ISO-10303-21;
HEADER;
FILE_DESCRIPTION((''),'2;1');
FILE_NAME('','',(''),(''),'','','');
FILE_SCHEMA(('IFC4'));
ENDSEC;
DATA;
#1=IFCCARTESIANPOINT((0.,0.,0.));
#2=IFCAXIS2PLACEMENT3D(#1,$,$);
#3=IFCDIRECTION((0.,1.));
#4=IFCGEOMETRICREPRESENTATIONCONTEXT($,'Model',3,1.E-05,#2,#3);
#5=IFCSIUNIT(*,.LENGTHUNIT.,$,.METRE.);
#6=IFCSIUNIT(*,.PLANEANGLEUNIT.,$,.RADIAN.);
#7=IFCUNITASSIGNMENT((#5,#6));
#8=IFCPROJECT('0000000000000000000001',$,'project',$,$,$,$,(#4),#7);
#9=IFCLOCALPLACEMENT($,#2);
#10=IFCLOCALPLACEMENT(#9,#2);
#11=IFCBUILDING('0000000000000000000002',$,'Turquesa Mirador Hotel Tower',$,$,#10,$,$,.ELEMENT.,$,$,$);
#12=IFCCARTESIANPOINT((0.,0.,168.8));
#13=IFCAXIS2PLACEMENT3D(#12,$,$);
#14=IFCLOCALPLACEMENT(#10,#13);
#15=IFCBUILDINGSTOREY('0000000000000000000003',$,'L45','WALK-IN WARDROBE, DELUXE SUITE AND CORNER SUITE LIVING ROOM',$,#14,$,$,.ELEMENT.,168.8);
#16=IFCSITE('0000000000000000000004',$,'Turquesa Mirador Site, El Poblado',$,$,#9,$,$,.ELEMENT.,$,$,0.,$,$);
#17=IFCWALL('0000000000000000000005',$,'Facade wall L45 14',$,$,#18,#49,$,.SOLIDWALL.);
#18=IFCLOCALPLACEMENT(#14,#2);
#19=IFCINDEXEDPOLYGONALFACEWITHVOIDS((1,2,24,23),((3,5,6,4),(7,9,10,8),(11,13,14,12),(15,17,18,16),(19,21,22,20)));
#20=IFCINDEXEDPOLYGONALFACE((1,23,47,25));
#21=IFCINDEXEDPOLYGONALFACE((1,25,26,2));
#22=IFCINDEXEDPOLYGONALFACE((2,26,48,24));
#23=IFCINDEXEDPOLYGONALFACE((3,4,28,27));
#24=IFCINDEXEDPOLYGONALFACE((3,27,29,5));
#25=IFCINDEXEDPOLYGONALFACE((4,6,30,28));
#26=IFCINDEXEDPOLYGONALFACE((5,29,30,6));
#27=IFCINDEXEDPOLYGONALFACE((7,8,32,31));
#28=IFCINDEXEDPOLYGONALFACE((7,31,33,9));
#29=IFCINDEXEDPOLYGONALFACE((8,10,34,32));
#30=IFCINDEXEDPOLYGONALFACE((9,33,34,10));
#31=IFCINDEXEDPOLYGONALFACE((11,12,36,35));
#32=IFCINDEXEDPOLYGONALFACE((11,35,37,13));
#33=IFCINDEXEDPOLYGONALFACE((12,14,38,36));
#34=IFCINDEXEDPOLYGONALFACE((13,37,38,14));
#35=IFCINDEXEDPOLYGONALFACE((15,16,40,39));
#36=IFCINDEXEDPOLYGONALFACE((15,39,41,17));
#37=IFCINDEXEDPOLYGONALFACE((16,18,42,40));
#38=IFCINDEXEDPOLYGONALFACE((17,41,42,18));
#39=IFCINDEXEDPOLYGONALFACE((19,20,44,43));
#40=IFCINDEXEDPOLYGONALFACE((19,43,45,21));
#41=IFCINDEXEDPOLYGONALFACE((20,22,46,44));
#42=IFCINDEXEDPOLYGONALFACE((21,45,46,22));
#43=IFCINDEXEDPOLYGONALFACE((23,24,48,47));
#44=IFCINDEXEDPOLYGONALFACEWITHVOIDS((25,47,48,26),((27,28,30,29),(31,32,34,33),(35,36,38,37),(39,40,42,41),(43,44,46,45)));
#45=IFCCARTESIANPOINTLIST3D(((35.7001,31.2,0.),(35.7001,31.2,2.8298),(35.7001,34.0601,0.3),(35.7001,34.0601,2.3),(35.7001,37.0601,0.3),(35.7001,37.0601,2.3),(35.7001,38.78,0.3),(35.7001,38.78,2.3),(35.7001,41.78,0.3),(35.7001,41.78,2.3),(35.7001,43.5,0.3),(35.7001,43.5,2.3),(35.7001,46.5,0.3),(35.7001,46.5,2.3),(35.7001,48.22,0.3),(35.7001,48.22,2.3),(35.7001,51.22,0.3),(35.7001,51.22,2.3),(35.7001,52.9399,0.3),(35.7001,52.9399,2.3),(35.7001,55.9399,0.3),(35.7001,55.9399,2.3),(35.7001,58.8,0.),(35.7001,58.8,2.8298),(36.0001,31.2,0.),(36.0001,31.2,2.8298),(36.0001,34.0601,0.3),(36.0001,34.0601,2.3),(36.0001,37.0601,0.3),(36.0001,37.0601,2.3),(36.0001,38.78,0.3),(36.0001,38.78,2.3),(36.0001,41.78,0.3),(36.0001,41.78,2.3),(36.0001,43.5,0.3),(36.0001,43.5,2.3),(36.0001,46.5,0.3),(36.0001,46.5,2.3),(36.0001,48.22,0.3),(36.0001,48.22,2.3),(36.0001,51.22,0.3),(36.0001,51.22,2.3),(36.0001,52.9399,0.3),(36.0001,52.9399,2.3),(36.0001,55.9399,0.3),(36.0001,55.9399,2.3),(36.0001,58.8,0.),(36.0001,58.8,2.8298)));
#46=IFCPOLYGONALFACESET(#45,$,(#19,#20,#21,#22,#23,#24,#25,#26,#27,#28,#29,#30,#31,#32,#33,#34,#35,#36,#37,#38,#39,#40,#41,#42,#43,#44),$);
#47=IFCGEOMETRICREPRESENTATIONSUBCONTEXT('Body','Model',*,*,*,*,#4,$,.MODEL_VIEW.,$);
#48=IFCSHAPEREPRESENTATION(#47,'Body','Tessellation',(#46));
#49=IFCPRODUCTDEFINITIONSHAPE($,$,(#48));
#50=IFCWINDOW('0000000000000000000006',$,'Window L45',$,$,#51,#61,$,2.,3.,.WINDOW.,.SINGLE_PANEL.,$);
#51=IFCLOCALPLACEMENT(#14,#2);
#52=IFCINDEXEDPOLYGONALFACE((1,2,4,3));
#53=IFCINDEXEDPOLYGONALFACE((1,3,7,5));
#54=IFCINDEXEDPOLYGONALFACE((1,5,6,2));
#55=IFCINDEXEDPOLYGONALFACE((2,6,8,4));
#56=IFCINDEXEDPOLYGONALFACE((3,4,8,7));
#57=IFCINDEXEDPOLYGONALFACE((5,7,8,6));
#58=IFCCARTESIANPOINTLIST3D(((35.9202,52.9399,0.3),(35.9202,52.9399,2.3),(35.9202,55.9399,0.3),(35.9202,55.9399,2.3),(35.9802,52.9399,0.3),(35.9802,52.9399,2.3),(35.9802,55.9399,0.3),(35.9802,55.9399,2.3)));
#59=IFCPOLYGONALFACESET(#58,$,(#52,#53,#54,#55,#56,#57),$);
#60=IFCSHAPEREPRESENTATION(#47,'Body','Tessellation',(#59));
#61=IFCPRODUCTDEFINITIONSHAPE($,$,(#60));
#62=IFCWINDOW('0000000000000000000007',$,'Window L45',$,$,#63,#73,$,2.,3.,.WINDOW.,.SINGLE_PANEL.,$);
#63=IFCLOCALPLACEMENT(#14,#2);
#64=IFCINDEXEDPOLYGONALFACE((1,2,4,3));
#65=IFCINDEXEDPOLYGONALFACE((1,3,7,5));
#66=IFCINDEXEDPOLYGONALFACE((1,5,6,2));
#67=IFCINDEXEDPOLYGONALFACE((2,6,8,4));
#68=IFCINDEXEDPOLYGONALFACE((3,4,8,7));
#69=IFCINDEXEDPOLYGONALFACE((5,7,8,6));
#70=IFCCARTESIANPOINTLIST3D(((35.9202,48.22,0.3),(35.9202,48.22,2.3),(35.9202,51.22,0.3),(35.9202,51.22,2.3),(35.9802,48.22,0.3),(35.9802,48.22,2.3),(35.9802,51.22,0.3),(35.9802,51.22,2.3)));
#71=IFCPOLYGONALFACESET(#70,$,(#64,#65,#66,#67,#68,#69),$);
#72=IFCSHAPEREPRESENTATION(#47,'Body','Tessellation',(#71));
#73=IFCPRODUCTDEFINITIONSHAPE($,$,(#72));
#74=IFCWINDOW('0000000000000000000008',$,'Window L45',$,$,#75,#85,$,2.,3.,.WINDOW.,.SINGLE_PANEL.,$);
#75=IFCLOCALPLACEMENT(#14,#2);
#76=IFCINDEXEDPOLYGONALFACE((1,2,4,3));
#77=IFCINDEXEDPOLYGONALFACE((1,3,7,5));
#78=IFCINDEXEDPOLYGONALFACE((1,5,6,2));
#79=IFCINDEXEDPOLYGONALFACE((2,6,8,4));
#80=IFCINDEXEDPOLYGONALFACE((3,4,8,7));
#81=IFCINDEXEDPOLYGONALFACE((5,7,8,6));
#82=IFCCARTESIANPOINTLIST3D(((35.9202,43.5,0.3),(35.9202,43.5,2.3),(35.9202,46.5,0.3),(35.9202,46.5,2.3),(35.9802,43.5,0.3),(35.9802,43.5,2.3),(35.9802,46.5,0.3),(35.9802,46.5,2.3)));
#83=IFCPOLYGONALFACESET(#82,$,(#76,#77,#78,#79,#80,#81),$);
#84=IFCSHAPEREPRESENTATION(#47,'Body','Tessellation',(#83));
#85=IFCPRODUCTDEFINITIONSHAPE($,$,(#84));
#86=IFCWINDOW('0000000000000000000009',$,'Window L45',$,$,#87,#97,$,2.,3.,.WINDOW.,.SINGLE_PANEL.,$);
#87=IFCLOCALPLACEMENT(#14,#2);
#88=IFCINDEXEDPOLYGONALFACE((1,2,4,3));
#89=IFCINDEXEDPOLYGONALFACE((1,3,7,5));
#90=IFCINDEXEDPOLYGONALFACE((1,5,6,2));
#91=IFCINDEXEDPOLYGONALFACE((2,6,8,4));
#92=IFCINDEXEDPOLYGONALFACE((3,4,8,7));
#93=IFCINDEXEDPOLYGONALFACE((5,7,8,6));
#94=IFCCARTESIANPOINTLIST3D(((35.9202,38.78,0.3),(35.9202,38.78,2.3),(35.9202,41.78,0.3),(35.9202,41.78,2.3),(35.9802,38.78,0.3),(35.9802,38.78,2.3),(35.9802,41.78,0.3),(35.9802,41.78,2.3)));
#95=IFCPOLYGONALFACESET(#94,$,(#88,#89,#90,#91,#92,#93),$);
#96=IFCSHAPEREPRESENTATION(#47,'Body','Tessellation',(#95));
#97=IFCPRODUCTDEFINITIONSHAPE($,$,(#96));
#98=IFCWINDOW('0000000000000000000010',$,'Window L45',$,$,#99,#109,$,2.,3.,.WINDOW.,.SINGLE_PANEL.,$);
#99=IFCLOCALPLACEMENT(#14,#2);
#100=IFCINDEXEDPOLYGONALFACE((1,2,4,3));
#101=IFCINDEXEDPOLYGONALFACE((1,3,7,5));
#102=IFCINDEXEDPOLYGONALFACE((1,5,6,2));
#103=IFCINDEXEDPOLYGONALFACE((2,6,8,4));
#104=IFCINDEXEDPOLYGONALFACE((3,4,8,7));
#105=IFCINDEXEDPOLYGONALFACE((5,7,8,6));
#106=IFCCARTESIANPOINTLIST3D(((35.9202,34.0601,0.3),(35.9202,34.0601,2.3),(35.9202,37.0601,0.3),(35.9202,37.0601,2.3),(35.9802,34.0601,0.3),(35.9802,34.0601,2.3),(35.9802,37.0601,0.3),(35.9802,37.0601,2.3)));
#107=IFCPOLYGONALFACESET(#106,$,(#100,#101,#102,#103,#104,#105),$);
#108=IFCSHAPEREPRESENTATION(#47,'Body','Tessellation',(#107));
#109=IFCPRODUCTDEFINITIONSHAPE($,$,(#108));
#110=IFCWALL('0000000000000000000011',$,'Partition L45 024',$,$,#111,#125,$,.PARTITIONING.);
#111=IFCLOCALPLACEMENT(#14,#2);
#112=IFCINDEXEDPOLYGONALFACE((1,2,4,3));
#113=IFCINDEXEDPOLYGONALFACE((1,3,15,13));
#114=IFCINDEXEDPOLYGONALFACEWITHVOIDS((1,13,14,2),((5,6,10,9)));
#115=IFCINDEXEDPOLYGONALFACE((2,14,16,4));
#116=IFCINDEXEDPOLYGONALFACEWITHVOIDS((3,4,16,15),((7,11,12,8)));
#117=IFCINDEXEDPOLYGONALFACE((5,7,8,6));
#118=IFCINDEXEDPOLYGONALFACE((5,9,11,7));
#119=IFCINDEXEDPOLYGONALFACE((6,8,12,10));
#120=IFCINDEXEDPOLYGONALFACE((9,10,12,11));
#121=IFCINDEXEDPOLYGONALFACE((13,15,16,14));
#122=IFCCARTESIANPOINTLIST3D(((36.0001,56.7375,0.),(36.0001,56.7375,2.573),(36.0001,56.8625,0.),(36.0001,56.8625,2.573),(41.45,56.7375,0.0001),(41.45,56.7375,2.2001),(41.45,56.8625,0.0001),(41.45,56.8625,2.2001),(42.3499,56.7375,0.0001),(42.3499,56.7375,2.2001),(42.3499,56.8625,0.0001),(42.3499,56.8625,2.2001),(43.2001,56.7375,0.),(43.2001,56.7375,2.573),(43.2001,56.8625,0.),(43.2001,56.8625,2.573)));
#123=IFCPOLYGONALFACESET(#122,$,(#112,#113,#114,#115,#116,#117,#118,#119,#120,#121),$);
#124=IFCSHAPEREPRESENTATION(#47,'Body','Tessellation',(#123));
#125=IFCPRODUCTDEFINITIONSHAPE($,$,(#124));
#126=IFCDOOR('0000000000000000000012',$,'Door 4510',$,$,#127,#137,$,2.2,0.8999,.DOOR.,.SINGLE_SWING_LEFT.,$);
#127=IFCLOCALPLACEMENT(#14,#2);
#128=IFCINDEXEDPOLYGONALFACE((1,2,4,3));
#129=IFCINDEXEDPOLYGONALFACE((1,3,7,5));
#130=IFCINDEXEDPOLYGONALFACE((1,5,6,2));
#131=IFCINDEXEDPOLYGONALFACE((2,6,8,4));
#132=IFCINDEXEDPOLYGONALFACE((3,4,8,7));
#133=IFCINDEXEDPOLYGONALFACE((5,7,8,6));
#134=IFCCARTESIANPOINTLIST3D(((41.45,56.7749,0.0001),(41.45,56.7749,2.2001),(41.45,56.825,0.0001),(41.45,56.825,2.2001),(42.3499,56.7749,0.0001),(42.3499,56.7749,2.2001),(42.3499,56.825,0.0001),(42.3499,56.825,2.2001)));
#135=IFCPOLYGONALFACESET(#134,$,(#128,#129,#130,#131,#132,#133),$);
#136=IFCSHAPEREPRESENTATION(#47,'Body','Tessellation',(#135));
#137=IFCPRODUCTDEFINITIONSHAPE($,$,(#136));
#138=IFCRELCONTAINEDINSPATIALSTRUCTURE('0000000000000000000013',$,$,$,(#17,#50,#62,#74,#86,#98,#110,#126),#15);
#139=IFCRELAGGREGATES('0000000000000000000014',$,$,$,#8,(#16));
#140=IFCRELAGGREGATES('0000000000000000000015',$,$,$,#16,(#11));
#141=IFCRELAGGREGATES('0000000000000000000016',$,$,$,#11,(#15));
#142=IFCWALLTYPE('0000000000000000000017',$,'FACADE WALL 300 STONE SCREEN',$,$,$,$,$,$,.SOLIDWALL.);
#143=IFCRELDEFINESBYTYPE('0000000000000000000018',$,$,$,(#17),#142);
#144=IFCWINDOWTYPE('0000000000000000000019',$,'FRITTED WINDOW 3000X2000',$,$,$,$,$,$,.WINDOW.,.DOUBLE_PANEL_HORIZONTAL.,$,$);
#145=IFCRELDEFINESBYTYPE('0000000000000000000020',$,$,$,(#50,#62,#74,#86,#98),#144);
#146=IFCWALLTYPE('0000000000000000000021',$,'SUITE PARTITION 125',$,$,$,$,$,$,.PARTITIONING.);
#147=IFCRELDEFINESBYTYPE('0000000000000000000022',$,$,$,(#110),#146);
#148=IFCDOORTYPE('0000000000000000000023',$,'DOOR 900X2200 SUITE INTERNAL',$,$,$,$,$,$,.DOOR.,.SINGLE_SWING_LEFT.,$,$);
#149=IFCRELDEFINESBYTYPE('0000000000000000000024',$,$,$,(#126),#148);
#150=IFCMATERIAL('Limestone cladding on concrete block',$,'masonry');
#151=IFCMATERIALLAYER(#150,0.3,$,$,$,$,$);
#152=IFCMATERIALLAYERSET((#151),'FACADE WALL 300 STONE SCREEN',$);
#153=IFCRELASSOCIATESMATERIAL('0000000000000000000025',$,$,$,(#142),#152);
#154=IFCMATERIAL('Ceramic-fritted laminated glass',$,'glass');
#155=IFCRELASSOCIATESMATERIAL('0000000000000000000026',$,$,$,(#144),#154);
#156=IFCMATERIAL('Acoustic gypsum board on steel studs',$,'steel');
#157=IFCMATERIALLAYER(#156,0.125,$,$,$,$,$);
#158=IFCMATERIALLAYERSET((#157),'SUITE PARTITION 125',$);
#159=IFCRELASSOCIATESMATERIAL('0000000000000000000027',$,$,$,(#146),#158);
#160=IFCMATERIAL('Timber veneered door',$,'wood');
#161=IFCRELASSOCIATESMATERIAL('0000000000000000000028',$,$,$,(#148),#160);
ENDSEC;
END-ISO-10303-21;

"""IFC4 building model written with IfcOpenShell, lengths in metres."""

from ifc_helpers import new_model, si_unit, direction, frame, frame_2d, origin, place, context, subcontext, project, spatial, rectangle, extrude, material, layer, layer_set, type_object, element, fill, save


model = new_model("IFC4")

# Units and contexts
model_context = context("Model", 3, precision=1e-05, world=origin(), true_north=direction((0.0, 1.0)))
body_context = subcontext(model_context, "Body", "Model", "MODEL_VIEW")
ifc_project = project(units=[si_unit("LENGTHUNIT", "METRE"), si_unit("PLANEANGLEUNIT", "RADIAN")], contexts=[model_context])

# Site, building, storey
site_placement = place(None, origin())
site = spatial("IfcSite", under=ifc_project, at=site_placement, Name="Turquesa Mirador Site, El Poblado", CompositionType="ELEMENT", RefElevation=0.0)
building_placement = place(site_placement, origin())
building = spatial("IfcBuilding", under=site, at=building_placement, Name="Turquesa Mirador Hotel Tower", CompositionType="ELEMENT")
storey_placement = place(building_placement, frame((0.0, 0.0, 168.8)))
storey = spatial("IfcBuildingStorey", under=building, at=storey_placement, Name="L45", Description="WALK-IN WARDROBE, DELUXE SUITE AND CORNER SUITE LIVING ROOM", CompositionType="ELEMENT", Elevation=168.8)

# Shared definitions
ifc_material_1 = material(Name="Limestone cladding on concrete block", Category="masonry")
ifc_layer_1 = layer(ifc_material_1, 0.3)
ifc_layer_set_1 = layer_set([ifc_layer_1], Name="FACADE WALL 300 STONE SCREEN")
wall_type_1 = type_object("IfcWallType", Name="FACADE WALL 300 STONE SCREEN", PredefinedType="SOLIDWALL", material=ifc_layer_set_1)

# Wall, openings, windows
wall_1_placement = place(storey_placement, frame((35.8501, 58.8, 0.0), z_axis=(0.0, 0.0, 1.0), x_axis=(0.0, -1.0, 0.0)))
wall_1 = element("IfcWall", 1, at=wall_1_placement, inside=storey, type_object=wall_type_1, Name="Facade wall L45 14", PredefinedType="SOLIDWALL", context=body_context, shape_type="SweptSolid", body=[
    extrude(rectangle(XDim=27.6001, YDim=0.3, at=frame_2d((13.8, 0.0))), origin(), (0.0, 0.0, 1.0), 2.8298),
])
opening_1_placement = place(wall_1_placement, frame((2.8601, 0.0, 0.3)))
opening_1 = element("IfcOpeningElement", 2, at=opening_1_placement, cuts=wall_1, PredefinedType="OPENING", context=body_context, shape_type="SweptSolid", body=[
    extrude(rectangle(XDim=3.0, YDim=2.0, at=frame_2d((1.5, 1.0))), frame((0.0, 0.1599, 0.0), z_axis=(0.0, -1.0, 0.0), x_axis=(1.0, 0.0, 0.0)), (0.0, 0.0, 1.0), 0.3201),
])
opening_2_placement = place(wall_1_placement, frame((7.5801, 0.0, 0.3)))
opening_2 = element("IfcOpeningElement", 3, at=opening_2_placement, cuts=wall_1, PredefinedType="OPENING", context=body_context, shape_type="SweptSolid", body=[
    extrude(rectangle(XDim=3.0, YDim=2.0, at=frame_2d((1.5, 1.0))), frame((0.0, 0.1599, 0.0), z_axis=(0.0, -1.0, 0.0), x_axis=(1.0, 0.0, 0.0)), (0.0, 0.0, 1.0), 0.3201),
])
opening_3_placement = place(wall_1_placement, frame((12.3, 0.0, 0.3)))
opening_3 = element("IfcOpeningElement", 4, at=opening_3_placement, cuts=wall_1, PredefinedType="OPENING", context=body_context, shape_type="SweptSolid", body=[
    extrude(rectangle(XDim=3.0, YDim=2.0, at=frame_2d((1.5, 1.0))), frame((0.0, 0.1599, 0.0), z_axis=(0.0, -1.0, 0.0), x_axis=(1.0, 0.0, 0.0)), (0.0, 0.0, 1.0), 0.3201),
])
opening_4_placement = place(wall_1_placement, frame((17.02, 0.0, 0.3)))
opening_4 = element("IfcOpeningElement", 5, at=opening_4_placement, cuts=wall_1, PredefinedType="OPENING", context=body_context, shape_type="SweptSolid", body=[
    extrude(rectangle(XDim=3.0, YDim=2.0, at=frame_2d((1.5, 1.0))), frame((0.0, 0.1599, 0.0), z_axis=(0.0, -1.0, 0.0), x_axis=(1.0, 0.0, 0.0)), (0.0, 0.0, 1.0), 0.3201),
])
opening_5_placement = place(wall_1_placement, frame((21.74, 0.0, 0.3)))
opening_5 = element("IfcOpeningElement", 6, at=opening_5_placement, cuts=wall_1, PredefinedType="OPENING", context=body_context, shape_type="SweptSolid", body=[
    extrude(rectangle(XDim=3.0, YDim=2.0, at=frame_2d((1.5, 1.0))), frame((0.0, 0.1599, 0.0), z_axis=(0.0, -1.0, 0.0), x_axis=(1.0, 0.0, 0.0)), (0.0, 0.0, 1.0), 0.3201),
])
ifc_material_2 = material(Name="Ceramic-fritted laminated glass", Category="glass")
window_type_1 = type_object("IfcWindowType", Name="FRITTED WINDOW 3000X2000", PartitioningType="DOUBLE_PANEL_HORIZONTAL", PredefinedType="WINDOW", material=ifc_material_2)
window_1_placement = place(opening_1_placement, origin())
window_1 = element("IfcWindow", 7, at=window_1_placement, inside=storey, type_object=window_type_1, Name="Window L45", OverallHeight=2.0, OverallWidth=3.0, PartitioningType="SINGLE_PANEL", PredefinedType="WINDOW", context=body_context, shape_type="SweptSolid", body=[
    extrude(rectangle(XDim=3.0, YDim=2.0, at=frame_2d((1.5, 1.0))), frame((0.0, 0.1301, 0.0), z_axis=(0.0, -1.0, 0.0), x_axis=(1.0, 0.0, 0.0)), (0.0, 0.0, 1.0), 0.0601),
])
fill(opening_1, window_1)
window_2_placement = place(opening_2_placement, origin())
window_2 = element("IfcWindow", 8, at=window_2_placement, inside=storey, type_object=window_type_1, Name="Window L45", OverallHeight=2.0, OverallWidth=3.0, PartitioningType="SINGLE_PANEL", PredefinedType="WINDOW", context=body_context, shape_type="SweptSolid", body=[
    extrude(rectangle(XDim=3.0, YDim=2.0, at=frame_2d((1.5, 1.0))), frame((0.0, 0.1301, 0.0), z_axis=(0.0, -1.0, 0.0), x_axis=(1.0, 0.0, 0.0)), (0.0, 0.0, 1.0), 0.0601),
])
fill(opening_2, window_2)
window_3_placement = place(opening_3_placement, origin())
window_3 = element("IfcWindow", 9, at=window_3_placement, inside=storey, type_object=window_type_1, Name="Window L45", OverallHeight=2.0, OverallWidth=3.0, PartitioningType="SINGLE_PANEL", PredefinedType="WINDOW", context=body_context, shape_type="SweptSolid", body=[
    extrude(rectangle(XDim=3.0, YDim=2.0, at=frame_2d((1.5, 1.0))), frame((0.0, 0.1301, 0.0), z_axis=(0.0, -1.0, 0.0), x_axis=(1.0, 0.0, 0.0)), (0.0, 0.0, 1.0), 0.0601),
])
fill(opening_3, window_3)
window_4_placement = place(opening_4_placement, origin())
window_4 = element("IfcWindow", 10, at=window_4_placement, inside=storey, type_object=window_type_1, Name="Window L45", OverallHeight=2.0, OverallWidth=3.0, PartitioningType="SINGLE_PANEL", PredefinedType="WINDOW", context=body_context, shape_type="SweptSolid", body=[
    extrude(rectangle(XDim=3.0, YDim=2.0, at=frame_2d((1.5, 1.0))), frame((0.0, 0.1301, 0.0), z_axis=(0.0, -1.0, 0.0), x_axis=(1.0, 0.0, 0.0)), (0.0, 0.0, 1.0), 0.0601),
])
fill(opening_4, window_4)
window_5_placement = place(opening_5_placement, origin())
window_5 = element("IfcWindow", 11, at=window_5_placement, inside=storey, type_object=window_type_1, Name="Window L45", OverallHeight=2.0, OverallWidth=3.0, PartitioningType="SINGLE_PANEL", PredefinedType="WINDOW", context=body_context, shape_type="SweptSolid", body=[
    extrude(rectangle(XDim=3.0, YDim=2.0, at=frame_2d((1.5, 1.0))), frame((0.0, 0.1301, 0.0), z_axis=(0.0, -1.0, 0.0), x_axis=(1.0, 0.0, 0.0)), (0.0, 0.0, 1.0), 0.0601),
])
fill(opening_5, window_5)

# Wall, opening, door
ifc_material_3 = material(Name="Acoustic gypsum board on steel studs", Category="steel")
ifc_layer_2 = layer(ifc_material_3, 0.125)
ifc_layer_set_2 = layer_set([ifc_layer_2], Name="SUITE PARTITION 125")
wall_type_2 = type_object("IfcWallType", Name="SUITE PARTITION 125", PredefinedType="PARTITIONING", material=ifc_layer_set_2)
wall_2_placement = place(storey_placement, frame((36.0, 56.8, 0.0), z_axis=(0.0, 0.0, 1.0), x_axis=(1.0, 0.0, 0.0)))
wall_2 = element("IfcWall", 12, at=wall_2_placement, inside=storey, type_object=wall_type_2, Name="Partition L45 024", PredefinedType="PARTITIONING", context=body_context, shape_type="SweptSolid", body=[
    extrude(rectangle(XDim=7.2, YDim=0.125, at=frame_2d((3.6001, 0.0))), origin(), (0.0, 0.0, 1.0), 2.573),
])
opening_6_placement = place(wall_2_placement, frame((5.45, 0.0, 0.0)))
opening_6 = element("IfcOpeningElement", 13, at=opening_6_placement, cuts=wall_2, PredefinedType="OPENING", context=body_context, shape_type="SweptSolid", body=[
    extrude(rectangle(XDim=0.8999, YDim=2.2, at=frame_2d((0.45, 1.1001))), frame((0.0, 0.0725, 0.0), z_axis=(0.0, -1.0, 0.0), x_axis=(1.0, 0.0, 0.0)), (0.0, 0.0, 1.0), 0.145),
])
ifc_material_4 = material(Name="Timber veneered door", Category="wood")
door_type = type_object("IfcDoorType", Name="DOOR 900X2200 SUITE INTERNAL", OperationType="SINGLE_SWING_LEFT", PredefinedType="DOOR", material=ifc_material_4)
door_placement = place(opening_6_placement, origin())
door = element("IfcDoor", 14, at=door_placement, inside=storey, type_object=door_type, Name="Door 4510", OperationType="SINGLE_SWING_LEFT", OverallHeight=2.2, OverallWidth=0.8999, PredefinedType="DOOR", context=body_context, shape_type="SweptSolid", body=[
    extrude(rectangle(XDim=0.8999, YDim=2.2, at=frame_2d((0.45, 1.1001))), frame((0.0, 0.0249, 0.0), z_axis=(0.0, -1.0, 0.0), x_axis=(1.0, 0.0, 0.0)), (0.0, 0.0, 1.0), 0.05),
])
fill(opening_6, door)

save(model, "model.ifc")
